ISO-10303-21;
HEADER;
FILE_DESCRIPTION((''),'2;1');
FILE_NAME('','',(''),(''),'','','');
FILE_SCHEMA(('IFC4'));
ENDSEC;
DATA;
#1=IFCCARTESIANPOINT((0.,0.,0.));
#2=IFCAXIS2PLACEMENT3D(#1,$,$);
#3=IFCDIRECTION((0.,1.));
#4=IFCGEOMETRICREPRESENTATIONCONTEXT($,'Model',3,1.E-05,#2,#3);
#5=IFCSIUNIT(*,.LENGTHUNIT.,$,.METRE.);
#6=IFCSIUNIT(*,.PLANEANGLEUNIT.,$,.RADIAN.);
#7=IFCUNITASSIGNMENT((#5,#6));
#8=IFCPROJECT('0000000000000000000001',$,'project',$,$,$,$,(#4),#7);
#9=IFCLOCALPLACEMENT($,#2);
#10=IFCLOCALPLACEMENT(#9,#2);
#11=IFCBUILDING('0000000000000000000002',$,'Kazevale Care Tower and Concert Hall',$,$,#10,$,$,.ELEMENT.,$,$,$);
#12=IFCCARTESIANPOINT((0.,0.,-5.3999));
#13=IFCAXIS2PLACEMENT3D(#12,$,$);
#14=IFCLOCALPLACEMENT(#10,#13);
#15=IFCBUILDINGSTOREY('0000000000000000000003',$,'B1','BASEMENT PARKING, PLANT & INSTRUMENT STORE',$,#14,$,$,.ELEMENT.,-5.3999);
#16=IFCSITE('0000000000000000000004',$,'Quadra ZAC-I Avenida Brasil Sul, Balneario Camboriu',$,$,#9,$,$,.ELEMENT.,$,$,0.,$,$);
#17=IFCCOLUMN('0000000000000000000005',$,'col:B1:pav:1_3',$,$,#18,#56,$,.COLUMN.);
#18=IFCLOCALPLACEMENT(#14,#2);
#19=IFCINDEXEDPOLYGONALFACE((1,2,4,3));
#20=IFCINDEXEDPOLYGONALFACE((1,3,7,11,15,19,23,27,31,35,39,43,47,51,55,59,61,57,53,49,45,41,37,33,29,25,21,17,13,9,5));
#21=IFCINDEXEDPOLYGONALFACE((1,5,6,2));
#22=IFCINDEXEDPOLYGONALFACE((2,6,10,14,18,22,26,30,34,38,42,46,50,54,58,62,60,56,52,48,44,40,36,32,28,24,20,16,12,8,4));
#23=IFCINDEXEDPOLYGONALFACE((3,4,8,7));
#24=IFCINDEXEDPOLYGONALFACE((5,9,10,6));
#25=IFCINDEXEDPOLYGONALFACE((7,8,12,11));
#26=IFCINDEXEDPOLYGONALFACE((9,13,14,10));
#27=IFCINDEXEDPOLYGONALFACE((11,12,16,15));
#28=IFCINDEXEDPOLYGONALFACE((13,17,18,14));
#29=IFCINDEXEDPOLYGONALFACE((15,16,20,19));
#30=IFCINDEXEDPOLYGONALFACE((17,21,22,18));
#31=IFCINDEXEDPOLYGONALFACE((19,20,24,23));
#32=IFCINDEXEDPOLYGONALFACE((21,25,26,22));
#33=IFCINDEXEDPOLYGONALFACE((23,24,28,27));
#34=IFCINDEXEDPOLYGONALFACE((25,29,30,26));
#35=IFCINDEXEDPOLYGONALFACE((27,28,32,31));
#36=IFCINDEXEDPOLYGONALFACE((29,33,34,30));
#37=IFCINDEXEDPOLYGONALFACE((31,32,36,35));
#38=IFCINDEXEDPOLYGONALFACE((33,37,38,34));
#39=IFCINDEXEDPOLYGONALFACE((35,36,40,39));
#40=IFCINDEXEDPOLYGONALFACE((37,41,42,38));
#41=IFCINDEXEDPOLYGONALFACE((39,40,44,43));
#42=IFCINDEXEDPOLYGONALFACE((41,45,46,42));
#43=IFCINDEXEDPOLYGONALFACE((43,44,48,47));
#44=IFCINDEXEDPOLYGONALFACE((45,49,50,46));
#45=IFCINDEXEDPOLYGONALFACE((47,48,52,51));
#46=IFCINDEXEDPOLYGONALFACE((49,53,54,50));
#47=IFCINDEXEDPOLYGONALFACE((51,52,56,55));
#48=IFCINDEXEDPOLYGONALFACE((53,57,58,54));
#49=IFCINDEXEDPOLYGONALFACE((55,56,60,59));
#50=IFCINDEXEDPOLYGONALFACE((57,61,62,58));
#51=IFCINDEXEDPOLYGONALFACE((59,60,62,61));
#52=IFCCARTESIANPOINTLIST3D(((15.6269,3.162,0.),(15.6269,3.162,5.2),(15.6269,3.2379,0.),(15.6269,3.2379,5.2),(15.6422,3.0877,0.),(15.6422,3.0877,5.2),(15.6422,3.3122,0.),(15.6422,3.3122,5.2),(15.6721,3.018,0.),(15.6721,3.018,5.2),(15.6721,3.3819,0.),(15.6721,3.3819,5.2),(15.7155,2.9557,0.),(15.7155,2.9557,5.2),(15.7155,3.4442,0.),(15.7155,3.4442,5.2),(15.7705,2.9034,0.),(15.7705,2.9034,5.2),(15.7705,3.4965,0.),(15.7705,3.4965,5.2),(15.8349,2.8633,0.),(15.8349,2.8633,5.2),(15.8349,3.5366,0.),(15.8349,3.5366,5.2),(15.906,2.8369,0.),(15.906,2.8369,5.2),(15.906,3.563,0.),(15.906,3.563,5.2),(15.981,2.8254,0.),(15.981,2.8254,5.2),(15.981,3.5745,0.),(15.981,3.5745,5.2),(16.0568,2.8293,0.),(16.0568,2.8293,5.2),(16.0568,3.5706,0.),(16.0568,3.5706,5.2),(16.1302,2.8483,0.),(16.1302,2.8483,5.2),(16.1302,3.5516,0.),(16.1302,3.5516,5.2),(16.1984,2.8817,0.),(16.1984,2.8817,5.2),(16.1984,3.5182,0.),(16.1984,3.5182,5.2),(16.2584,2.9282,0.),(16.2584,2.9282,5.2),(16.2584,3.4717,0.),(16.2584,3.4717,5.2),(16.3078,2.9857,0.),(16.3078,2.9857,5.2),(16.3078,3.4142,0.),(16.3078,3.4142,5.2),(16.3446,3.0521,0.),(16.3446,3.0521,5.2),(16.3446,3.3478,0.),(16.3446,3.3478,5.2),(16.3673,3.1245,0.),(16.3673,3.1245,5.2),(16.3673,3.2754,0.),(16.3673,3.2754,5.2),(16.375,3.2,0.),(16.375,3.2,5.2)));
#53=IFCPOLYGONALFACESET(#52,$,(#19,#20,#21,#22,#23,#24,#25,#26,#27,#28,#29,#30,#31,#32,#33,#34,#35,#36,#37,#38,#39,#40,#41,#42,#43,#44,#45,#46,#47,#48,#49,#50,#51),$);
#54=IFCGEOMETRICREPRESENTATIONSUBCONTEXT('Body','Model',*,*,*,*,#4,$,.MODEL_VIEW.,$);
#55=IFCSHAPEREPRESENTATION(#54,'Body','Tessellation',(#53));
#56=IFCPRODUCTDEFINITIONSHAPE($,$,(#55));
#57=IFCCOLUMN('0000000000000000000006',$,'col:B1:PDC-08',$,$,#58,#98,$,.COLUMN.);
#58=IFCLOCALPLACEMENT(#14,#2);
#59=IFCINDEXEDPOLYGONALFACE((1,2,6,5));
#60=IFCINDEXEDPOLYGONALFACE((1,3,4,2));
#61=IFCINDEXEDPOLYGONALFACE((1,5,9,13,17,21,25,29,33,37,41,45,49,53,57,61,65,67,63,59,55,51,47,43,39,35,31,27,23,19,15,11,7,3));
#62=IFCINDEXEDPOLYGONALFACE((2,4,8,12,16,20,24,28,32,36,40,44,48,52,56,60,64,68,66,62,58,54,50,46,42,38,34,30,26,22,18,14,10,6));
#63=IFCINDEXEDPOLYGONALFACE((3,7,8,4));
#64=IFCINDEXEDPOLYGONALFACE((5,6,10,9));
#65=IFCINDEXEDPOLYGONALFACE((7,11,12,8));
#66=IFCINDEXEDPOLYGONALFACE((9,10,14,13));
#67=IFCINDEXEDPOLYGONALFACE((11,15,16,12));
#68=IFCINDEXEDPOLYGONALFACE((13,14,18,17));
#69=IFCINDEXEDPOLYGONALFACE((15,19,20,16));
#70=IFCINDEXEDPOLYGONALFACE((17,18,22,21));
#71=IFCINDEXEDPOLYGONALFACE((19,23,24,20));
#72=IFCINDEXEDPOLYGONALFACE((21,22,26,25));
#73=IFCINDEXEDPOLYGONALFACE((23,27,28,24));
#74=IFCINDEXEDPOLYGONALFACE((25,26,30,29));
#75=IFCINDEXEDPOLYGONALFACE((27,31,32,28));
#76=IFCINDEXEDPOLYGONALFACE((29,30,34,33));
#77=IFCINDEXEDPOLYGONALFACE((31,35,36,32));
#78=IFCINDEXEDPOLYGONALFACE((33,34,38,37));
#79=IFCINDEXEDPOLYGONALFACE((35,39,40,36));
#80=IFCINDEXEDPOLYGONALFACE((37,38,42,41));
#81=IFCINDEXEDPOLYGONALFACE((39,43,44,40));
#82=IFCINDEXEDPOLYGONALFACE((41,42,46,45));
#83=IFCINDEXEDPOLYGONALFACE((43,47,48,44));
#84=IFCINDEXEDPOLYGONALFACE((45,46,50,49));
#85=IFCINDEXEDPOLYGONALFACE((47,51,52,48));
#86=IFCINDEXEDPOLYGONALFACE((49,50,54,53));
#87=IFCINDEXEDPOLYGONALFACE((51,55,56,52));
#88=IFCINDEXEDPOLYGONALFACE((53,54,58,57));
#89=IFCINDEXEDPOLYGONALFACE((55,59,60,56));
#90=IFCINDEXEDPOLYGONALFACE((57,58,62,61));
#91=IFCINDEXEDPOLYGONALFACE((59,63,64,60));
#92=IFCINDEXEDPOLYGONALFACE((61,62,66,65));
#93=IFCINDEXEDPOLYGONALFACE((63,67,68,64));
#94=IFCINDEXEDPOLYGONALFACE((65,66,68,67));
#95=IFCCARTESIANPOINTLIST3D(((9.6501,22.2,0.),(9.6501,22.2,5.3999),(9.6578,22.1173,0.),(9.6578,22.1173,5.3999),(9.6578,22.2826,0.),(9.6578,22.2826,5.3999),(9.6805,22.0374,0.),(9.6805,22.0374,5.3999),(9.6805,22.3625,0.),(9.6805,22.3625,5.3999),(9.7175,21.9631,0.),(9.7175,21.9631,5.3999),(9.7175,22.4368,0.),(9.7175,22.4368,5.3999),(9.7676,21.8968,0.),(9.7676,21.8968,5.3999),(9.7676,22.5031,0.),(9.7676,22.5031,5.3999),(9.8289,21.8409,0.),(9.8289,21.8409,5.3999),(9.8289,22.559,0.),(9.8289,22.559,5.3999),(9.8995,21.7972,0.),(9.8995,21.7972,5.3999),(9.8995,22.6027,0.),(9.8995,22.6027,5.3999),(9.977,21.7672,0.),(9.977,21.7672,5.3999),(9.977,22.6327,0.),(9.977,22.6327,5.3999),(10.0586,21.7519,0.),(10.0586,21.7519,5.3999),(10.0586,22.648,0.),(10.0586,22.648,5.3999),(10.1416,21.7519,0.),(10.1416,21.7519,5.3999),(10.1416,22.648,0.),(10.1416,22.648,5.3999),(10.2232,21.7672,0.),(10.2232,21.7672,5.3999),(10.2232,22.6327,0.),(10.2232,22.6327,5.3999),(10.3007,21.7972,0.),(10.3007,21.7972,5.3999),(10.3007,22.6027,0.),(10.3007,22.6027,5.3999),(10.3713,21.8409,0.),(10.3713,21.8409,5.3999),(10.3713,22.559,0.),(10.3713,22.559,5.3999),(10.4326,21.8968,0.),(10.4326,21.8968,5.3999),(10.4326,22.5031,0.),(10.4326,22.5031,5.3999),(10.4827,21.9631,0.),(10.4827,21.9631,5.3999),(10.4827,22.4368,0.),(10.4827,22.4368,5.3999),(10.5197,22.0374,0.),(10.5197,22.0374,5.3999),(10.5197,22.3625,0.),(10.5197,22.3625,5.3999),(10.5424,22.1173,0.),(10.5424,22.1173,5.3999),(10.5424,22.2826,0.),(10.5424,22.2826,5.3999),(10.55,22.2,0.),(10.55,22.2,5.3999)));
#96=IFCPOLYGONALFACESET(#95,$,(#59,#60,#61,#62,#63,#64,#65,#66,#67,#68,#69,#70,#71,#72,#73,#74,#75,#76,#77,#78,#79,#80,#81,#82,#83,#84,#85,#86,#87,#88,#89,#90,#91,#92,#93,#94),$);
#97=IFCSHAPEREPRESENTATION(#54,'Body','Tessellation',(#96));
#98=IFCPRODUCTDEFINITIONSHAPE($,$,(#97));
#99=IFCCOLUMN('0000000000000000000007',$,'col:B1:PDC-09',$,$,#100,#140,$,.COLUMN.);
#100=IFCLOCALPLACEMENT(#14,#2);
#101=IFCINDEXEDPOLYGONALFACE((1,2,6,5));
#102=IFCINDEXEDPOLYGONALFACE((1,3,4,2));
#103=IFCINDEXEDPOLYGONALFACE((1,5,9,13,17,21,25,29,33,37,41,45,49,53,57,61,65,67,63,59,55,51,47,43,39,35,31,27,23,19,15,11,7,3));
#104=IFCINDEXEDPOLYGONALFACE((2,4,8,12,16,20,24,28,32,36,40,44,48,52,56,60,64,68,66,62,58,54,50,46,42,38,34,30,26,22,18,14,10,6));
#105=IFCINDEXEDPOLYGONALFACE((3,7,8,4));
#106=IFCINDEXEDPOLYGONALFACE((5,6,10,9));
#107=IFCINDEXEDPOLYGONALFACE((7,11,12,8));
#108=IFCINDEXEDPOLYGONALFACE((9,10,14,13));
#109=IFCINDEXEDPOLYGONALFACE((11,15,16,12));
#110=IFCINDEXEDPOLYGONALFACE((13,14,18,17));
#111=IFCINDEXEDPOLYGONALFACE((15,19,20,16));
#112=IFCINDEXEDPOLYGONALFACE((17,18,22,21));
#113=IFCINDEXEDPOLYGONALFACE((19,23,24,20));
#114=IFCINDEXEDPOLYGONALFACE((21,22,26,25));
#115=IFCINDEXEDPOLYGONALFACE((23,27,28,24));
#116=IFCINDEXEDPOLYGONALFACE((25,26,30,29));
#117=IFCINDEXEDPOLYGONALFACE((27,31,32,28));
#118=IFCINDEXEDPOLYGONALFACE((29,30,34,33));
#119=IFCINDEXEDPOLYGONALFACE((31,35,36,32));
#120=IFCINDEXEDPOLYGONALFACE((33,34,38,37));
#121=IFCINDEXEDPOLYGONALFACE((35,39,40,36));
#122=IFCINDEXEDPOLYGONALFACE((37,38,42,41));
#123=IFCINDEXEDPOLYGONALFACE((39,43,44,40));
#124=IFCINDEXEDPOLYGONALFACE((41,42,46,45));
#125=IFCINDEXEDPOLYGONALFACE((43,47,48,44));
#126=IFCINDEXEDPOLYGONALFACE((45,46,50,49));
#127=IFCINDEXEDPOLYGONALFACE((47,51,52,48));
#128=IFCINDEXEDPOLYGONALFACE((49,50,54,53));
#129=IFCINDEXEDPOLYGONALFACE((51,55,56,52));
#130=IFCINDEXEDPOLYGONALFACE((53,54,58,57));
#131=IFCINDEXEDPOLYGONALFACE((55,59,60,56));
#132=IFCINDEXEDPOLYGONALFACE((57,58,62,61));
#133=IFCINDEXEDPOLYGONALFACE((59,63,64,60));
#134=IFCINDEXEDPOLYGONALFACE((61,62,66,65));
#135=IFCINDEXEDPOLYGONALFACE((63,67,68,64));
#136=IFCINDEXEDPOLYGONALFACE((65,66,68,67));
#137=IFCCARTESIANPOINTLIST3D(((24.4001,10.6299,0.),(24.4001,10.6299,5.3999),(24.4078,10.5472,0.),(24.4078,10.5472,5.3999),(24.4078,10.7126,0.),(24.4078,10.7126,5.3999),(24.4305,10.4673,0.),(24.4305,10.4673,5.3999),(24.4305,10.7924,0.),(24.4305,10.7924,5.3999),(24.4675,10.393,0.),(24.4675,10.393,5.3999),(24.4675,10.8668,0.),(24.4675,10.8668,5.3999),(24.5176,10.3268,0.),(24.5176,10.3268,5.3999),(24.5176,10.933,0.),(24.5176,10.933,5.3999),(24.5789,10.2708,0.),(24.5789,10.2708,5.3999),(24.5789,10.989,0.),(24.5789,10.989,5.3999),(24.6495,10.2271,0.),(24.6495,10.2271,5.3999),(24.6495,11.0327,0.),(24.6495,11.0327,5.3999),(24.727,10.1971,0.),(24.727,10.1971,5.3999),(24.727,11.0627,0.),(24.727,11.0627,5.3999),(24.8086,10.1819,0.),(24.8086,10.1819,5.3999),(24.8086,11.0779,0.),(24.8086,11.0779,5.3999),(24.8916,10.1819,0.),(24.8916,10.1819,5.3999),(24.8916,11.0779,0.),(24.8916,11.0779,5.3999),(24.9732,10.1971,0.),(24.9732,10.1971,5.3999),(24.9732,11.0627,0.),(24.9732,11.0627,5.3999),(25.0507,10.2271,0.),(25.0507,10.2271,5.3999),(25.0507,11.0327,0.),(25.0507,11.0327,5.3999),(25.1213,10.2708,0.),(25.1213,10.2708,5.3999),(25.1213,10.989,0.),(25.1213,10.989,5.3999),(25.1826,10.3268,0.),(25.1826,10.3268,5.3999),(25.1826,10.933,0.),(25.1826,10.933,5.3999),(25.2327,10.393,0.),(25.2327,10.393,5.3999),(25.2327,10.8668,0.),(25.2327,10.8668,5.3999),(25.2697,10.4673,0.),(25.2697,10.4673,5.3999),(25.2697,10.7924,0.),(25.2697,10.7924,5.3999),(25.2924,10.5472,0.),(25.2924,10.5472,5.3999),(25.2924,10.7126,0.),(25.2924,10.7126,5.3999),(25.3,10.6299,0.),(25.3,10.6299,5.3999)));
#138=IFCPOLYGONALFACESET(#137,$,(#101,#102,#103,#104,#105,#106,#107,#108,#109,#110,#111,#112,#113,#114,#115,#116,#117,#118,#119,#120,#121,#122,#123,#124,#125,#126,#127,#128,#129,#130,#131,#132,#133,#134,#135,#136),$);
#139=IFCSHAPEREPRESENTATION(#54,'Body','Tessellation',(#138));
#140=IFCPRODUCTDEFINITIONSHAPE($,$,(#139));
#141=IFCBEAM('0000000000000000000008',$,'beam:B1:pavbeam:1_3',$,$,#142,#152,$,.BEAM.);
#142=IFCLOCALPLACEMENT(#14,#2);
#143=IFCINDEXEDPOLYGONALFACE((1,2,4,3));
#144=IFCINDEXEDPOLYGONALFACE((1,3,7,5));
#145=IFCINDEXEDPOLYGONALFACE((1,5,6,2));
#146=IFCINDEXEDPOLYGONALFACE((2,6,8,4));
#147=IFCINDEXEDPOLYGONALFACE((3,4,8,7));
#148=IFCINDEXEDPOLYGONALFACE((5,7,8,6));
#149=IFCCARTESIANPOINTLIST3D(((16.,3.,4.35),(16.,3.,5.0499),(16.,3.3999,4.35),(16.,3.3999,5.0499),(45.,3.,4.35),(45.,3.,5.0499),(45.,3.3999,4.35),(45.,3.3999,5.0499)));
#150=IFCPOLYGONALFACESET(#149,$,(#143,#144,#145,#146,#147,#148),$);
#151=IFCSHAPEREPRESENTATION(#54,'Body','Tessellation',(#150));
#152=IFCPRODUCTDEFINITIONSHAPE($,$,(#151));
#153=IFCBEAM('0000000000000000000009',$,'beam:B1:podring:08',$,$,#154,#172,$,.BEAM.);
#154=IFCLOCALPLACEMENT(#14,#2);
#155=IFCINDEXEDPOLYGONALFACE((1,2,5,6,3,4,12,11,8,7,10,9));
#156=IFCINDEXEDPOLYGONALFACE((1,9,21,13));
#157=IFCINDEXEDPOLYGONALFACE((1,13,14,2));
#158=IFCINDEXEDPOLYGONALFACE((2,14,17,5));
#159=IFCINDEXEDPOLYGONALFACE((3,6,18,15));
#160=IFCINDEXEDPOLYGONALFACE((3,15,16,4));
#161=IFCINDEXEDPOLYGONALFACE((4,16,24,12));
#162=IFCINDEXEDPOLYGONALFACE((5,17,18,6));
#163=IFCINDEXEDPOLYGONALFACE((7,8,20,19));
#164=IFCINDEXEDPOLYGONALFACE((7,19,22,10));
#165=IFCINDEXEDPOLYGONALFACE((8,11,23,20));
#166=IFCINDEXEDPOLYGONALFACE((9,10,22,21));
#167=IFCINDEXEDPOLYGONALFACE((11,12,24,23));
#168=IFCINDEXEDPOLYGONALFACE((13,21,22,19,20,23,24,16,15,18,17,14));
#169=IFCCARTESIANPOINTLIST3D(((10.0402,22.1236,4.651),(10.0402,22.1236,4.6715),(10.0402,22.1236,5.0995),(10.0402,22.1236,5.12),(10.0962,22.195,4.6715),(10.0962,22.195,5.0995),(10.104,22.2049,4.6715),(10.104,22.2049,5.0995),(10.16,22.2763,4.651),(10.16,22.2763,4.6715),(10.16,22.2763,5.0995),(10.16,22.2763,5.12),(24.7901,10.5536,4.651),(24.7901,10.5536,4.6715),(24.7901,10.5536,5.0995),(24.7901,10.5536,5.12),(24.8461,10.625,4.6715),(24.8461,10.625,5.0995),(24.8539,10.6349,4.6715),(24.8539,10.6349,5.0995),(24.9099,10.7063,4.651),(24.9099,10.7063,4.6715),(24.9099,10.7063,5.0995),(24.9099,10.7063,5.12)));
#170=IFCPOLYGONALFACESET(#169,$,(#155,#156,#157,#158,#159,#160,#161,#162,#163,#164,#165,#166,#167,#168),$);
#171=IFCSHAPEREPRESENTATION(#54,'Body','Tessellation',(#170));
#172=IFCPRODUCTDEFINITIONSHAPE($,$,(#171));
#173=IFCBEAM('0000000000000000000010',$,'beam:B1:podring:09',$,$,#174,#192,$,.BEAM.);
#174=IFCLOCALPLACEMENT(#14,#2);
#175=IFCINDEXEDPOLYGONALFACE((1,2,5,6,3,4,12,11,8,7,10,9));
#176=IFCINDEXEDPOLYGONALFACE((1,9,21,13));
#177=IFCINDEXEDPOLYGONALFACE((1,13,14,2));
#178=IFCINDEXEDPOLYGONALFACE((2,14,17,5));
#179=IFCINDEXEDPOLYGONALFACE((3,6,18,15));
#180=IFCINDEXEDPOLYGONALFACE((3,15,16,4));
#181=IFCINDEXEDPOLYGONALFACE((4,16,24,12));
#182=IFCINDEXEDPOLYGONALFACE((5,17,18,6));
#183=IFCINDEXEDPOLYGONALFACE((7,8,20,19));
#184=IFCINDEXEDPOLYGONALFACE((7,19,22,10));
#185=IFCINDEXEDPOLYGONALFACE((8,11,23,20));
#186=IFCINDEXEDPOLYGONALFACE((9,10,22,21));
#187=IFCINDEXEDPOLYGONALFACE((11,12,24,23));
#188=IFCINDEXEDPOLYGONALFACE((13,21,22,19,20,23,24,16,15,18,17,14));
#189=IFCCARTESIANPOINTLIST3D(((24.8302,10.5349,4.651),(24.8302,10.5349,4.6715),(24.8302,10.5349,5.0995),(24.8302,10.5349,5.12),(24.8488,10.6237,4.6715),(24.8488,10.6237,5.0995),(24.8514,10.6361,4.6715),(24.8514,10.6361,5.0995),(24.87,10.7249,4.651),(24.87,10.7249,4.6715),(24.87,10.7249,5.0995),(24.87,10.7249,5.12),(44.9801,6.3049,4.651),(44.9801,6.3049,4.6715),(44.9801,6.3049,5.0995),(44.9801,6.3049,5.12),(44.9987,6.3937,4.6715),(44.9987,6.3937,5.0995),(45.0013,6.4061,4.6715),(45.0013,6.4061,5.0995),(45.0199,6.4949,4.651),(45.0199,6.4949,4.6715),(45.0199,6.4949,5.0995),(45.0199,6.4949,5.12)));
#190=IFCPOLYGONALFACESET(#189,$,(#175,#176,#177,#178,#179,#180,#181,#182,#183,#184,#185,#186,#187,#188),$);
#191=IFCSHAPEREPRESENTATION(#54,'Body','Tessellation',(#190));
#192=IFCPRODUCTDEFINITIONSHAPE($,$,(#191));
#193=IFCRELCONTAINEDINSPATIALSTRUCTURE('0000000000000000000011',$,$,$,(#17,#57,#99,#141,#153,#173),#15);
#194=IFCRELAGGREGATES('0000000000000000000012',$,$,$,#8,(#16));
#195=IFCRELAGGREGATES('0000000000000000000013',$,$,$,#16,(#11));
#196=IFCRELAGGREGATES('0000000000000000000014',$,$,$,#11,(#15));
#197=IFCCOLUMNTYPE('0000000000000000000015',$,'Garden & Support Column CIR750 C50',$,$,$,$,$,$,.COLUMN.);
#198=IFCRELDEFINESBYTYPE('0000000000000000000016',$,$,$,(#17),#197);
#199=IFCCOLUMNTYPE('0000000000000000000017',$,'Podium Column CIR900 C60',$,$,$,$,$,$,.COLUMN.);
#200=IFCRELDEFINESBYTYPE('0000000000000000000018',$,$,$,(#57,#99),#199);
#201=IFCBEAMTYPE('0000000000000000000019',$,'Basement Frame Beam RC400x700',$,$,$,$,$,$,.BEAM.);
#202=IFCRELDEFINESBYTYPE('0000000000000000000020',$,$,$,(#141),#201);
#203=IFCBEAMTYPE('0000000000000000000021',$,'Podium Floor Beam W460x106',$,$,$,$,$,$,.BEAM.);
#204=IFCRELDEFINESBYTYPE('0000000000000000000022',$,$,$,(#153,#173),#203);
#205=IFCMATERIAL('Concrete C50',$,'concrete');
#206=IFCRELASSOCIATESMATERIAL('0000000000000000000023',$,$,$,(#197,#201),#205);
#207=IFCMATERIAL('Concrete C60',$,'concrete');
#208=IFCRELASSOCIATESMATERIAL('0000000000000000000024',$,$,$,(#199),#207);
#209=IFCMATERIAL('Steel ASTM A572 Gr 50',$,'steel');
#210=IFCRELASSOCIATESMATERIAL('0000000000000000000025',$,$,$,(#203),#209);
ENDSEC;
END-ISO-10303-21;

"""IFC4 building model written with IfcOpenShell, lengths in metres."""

from ifc_helpers import new_model, si_unit, direction, frame, origin, origin_2d, place, context, subcontext, project, spatial, rectangle, circle, i_section, extrude, material, material_profile, profile_set, type_object, element, save


model = new_model("IFC4")

# Units and contexts
model_context = context("Model", 3, precision=1e-05, world=origin(), true_north=direction((0.0, 1.0)))
body_context = subcontext(model_context, "Body", "Model", "MODEL_VIEW")
ifc_project = project(units=[si_unit("LENGTHUNIT", "METRE"), si_unit("PLANEANGLEUNIT", "RADIAN")], contexts=[model_context])

# Site, building, storey
site_placement = place(None, origin())
site = spatial("IfcSite", under=ifc_project, at=site_placement, Name="Quadra ZAC-I Avenida Brasil Sul, Balneario Camboriu", CompositionType="ELEMENT", RefElevation=0.0)
building_placement = place(site_placement, origin())
building = spatial("IfcBuilding", under=site, at=building_placement, Name="Kazevale Care Tower and Concert Hall", CompositionType="ELEMENT")
storey_placement = place(building_placement, frame((0.0, 0.0, -5.3999)))
storey = spatial("IfcBuildingStorey", under=building, at=storey_placement, Name="B1", Description="BASEMENT PARKING, PLANT & INSTRUMENT STORE", CompositionType="ELEMENT", Elevation=-5.3999)

# Shared definitions
ifc_material_1 = material(Name="Concrete C50", Category="concrete")

# Columns
ifc_material_profile_1 = material_profile(ifc_material_1, circle(Radius=0.375, at=origin_2d()), Name="RC-CIR750")
ifc_profile_set_1 = profile_set([ifc_material_profile_1], Name="Concrete C50")
column_type_1 = type_object("IfcColumnType", Name="Garden & Support Column CIR750 C50", PredefinedType="COLUMN", material=ifc_profile_set_1)
column_placement = place(storey_placement, frame((16.0, 3.2, 0.0), z_axis=(0.0, 0.0, 1.0), x_axis=(1.0, 0.0, 0.0)))
element("IfcColumn", 1, at=column_placement, inside=storey, type_object=column_type_1, Name="col:B1:pav:1_3", PredefinedType="COLUMN", context=body_context, shape_type="SweptSolid", body=[
    extrude(circle(Radius=0.375, at=origin_2d()), origin(), (0.0, 0.0, 1.0), 5.2),
])
ifc_material_2 = material(Name="Concrete C60", Category="concrete")
ifc_material_profile_2 = material_profile(ifc_material_2, circle(Radius=0.45, at=origin_2d()), Name="RC-CIR900")
ifc_profile_set_2 = profile_set([ifc_material_profile_2], Name="Concrete C60")
column_type_2 = type_object("IfcColumnType", Name="Podium Column CIR900 C60", PredefinedType="COLUMN", material=ifc_profile_set_2)
for number, where, z_axis, x_axis, name in (
    (2, (10.1001, 22.2, 0.0), (0.0, 0.0, 1.0), (1.0, 0.0, 0.0), "col:B1:PDC-08"),
    (3, (24.8501, 10.6299, 0.0), (0.0, 0.0, 1.0), (1.0, 0.0, 0.0), "col:B1:PDC-09"),
):
    element("IfcColumn", number, at=place(storey_placement, frame(where, z_axis=z_axis, x_axis=x_axis)), inside=storey, type_object=column_type_2, Name=name, PredefinedType="COLUMN", context=body_context, shape_type="SweptSolid", body=[
        extrude(circle(Radius=0.45, at=origin_2d()), origin(), (0.0, 0.0, 1.0), 5.3999),
    ])

# Beams
ifc_material_profile_3 = material_profile(ifc_material_1, rectangle(XDim=0.3999, YDim=0.7, at=origin_2d()), Name="RC-B400x700")
ifc_profile_set_3 = profile_set([ifc_material_profile_3], Name="Concrete C50")
beam_type_1 = type_object("IfcBeamType", Name="Basement Frame Beam RC400x700", PredefinedType="BEAM", material=ifc_profile_set_3)
beam_1_placement = place(storey_placement, frame((16.0, 3.2, 4.7), z_axis=(1.0, 0.0, 0.0), x_axis=(0.0, 1.0, 0.0)))
element("IfcBeam", 4, at=beam_1_placement, inside=storey, type_object=beam_type_1, Name="beam:B1:pavbeam:1_3", PredefinedType="BEAM", context=body_context, shape_type="SweptSolid", body=[
    extrude(rectangle(XDim=0.3999, YDim=0.7, at=origin_2d()), origin(), (0.0, 0.0, 1.0), 29.0),
])
ifc_material_3 = material(Name="Steel ASTM A572 Gr 50", Category="steel")
ifc_material_profile_4 = material_profile(ifc_material_3, i_section(OverallWidth=0.1941, OverallDepth=0.469, WebThickness=0.0127, FlangeThickness=0.0205, at=origin_2d()), Name="W460x106")
ifc_profile_set_4 = profile_set([ifc_material_profile_4], Name="Steel ASTM A572 Gr 50")
beam_type_2 = type_object("IfcBeamType", Name="Podium Floor Beam W460x106", PredefinedType="BEAM", material=ifc_profile_set_4)
beam_2_placement = place(storey_placement, frame((10.1001, 22.2, 4.8855), z_axis=(0.786816, -0.617188, 0.0), x_axis=(0.617188, 0.786816, 0.0)))
element("IfcBeam", 5, at=beam_2_placement, inside=storey, type_object=beam_type_2, Name="beam:B1:podring:08", PredefinedType="BEAM", context=body_context, shape_type="SweptSolid", body=[
    extrude(i_section(OverallWidth=0.1941, OverallDepth=0.469, WebThickness=0.0127, FlangeThickness=0.0205, at=origin_2d()), origin(), (0.0, 0.0, 1.0), 18.7463),
])
beam_3_placement = place(storey_placement, frame((24.8501, 10.6299, 4.8855), z_axis=(0.978668, -0.205448, 0.0), x_axis=(0.205448, 0.978668, 0.0)))
element("IfcBeam", 6, at=beam_3_placement, inside=storey, type_object=beam_type_2, Name="beam:B1:podring:09", PredefinedType="BEAM", context=body_context, shape_type="SweptSolid", body=[
    extrude(i_section(OverallWidth=0.1941, OverallDepth=0.469, WebThickness=0.0127, FlangeThickness=0.0205, at=origin_2d()), origin(), (0.0, 0.0, 1.0), 20.5891),
])

save(model, "model.ifc")
